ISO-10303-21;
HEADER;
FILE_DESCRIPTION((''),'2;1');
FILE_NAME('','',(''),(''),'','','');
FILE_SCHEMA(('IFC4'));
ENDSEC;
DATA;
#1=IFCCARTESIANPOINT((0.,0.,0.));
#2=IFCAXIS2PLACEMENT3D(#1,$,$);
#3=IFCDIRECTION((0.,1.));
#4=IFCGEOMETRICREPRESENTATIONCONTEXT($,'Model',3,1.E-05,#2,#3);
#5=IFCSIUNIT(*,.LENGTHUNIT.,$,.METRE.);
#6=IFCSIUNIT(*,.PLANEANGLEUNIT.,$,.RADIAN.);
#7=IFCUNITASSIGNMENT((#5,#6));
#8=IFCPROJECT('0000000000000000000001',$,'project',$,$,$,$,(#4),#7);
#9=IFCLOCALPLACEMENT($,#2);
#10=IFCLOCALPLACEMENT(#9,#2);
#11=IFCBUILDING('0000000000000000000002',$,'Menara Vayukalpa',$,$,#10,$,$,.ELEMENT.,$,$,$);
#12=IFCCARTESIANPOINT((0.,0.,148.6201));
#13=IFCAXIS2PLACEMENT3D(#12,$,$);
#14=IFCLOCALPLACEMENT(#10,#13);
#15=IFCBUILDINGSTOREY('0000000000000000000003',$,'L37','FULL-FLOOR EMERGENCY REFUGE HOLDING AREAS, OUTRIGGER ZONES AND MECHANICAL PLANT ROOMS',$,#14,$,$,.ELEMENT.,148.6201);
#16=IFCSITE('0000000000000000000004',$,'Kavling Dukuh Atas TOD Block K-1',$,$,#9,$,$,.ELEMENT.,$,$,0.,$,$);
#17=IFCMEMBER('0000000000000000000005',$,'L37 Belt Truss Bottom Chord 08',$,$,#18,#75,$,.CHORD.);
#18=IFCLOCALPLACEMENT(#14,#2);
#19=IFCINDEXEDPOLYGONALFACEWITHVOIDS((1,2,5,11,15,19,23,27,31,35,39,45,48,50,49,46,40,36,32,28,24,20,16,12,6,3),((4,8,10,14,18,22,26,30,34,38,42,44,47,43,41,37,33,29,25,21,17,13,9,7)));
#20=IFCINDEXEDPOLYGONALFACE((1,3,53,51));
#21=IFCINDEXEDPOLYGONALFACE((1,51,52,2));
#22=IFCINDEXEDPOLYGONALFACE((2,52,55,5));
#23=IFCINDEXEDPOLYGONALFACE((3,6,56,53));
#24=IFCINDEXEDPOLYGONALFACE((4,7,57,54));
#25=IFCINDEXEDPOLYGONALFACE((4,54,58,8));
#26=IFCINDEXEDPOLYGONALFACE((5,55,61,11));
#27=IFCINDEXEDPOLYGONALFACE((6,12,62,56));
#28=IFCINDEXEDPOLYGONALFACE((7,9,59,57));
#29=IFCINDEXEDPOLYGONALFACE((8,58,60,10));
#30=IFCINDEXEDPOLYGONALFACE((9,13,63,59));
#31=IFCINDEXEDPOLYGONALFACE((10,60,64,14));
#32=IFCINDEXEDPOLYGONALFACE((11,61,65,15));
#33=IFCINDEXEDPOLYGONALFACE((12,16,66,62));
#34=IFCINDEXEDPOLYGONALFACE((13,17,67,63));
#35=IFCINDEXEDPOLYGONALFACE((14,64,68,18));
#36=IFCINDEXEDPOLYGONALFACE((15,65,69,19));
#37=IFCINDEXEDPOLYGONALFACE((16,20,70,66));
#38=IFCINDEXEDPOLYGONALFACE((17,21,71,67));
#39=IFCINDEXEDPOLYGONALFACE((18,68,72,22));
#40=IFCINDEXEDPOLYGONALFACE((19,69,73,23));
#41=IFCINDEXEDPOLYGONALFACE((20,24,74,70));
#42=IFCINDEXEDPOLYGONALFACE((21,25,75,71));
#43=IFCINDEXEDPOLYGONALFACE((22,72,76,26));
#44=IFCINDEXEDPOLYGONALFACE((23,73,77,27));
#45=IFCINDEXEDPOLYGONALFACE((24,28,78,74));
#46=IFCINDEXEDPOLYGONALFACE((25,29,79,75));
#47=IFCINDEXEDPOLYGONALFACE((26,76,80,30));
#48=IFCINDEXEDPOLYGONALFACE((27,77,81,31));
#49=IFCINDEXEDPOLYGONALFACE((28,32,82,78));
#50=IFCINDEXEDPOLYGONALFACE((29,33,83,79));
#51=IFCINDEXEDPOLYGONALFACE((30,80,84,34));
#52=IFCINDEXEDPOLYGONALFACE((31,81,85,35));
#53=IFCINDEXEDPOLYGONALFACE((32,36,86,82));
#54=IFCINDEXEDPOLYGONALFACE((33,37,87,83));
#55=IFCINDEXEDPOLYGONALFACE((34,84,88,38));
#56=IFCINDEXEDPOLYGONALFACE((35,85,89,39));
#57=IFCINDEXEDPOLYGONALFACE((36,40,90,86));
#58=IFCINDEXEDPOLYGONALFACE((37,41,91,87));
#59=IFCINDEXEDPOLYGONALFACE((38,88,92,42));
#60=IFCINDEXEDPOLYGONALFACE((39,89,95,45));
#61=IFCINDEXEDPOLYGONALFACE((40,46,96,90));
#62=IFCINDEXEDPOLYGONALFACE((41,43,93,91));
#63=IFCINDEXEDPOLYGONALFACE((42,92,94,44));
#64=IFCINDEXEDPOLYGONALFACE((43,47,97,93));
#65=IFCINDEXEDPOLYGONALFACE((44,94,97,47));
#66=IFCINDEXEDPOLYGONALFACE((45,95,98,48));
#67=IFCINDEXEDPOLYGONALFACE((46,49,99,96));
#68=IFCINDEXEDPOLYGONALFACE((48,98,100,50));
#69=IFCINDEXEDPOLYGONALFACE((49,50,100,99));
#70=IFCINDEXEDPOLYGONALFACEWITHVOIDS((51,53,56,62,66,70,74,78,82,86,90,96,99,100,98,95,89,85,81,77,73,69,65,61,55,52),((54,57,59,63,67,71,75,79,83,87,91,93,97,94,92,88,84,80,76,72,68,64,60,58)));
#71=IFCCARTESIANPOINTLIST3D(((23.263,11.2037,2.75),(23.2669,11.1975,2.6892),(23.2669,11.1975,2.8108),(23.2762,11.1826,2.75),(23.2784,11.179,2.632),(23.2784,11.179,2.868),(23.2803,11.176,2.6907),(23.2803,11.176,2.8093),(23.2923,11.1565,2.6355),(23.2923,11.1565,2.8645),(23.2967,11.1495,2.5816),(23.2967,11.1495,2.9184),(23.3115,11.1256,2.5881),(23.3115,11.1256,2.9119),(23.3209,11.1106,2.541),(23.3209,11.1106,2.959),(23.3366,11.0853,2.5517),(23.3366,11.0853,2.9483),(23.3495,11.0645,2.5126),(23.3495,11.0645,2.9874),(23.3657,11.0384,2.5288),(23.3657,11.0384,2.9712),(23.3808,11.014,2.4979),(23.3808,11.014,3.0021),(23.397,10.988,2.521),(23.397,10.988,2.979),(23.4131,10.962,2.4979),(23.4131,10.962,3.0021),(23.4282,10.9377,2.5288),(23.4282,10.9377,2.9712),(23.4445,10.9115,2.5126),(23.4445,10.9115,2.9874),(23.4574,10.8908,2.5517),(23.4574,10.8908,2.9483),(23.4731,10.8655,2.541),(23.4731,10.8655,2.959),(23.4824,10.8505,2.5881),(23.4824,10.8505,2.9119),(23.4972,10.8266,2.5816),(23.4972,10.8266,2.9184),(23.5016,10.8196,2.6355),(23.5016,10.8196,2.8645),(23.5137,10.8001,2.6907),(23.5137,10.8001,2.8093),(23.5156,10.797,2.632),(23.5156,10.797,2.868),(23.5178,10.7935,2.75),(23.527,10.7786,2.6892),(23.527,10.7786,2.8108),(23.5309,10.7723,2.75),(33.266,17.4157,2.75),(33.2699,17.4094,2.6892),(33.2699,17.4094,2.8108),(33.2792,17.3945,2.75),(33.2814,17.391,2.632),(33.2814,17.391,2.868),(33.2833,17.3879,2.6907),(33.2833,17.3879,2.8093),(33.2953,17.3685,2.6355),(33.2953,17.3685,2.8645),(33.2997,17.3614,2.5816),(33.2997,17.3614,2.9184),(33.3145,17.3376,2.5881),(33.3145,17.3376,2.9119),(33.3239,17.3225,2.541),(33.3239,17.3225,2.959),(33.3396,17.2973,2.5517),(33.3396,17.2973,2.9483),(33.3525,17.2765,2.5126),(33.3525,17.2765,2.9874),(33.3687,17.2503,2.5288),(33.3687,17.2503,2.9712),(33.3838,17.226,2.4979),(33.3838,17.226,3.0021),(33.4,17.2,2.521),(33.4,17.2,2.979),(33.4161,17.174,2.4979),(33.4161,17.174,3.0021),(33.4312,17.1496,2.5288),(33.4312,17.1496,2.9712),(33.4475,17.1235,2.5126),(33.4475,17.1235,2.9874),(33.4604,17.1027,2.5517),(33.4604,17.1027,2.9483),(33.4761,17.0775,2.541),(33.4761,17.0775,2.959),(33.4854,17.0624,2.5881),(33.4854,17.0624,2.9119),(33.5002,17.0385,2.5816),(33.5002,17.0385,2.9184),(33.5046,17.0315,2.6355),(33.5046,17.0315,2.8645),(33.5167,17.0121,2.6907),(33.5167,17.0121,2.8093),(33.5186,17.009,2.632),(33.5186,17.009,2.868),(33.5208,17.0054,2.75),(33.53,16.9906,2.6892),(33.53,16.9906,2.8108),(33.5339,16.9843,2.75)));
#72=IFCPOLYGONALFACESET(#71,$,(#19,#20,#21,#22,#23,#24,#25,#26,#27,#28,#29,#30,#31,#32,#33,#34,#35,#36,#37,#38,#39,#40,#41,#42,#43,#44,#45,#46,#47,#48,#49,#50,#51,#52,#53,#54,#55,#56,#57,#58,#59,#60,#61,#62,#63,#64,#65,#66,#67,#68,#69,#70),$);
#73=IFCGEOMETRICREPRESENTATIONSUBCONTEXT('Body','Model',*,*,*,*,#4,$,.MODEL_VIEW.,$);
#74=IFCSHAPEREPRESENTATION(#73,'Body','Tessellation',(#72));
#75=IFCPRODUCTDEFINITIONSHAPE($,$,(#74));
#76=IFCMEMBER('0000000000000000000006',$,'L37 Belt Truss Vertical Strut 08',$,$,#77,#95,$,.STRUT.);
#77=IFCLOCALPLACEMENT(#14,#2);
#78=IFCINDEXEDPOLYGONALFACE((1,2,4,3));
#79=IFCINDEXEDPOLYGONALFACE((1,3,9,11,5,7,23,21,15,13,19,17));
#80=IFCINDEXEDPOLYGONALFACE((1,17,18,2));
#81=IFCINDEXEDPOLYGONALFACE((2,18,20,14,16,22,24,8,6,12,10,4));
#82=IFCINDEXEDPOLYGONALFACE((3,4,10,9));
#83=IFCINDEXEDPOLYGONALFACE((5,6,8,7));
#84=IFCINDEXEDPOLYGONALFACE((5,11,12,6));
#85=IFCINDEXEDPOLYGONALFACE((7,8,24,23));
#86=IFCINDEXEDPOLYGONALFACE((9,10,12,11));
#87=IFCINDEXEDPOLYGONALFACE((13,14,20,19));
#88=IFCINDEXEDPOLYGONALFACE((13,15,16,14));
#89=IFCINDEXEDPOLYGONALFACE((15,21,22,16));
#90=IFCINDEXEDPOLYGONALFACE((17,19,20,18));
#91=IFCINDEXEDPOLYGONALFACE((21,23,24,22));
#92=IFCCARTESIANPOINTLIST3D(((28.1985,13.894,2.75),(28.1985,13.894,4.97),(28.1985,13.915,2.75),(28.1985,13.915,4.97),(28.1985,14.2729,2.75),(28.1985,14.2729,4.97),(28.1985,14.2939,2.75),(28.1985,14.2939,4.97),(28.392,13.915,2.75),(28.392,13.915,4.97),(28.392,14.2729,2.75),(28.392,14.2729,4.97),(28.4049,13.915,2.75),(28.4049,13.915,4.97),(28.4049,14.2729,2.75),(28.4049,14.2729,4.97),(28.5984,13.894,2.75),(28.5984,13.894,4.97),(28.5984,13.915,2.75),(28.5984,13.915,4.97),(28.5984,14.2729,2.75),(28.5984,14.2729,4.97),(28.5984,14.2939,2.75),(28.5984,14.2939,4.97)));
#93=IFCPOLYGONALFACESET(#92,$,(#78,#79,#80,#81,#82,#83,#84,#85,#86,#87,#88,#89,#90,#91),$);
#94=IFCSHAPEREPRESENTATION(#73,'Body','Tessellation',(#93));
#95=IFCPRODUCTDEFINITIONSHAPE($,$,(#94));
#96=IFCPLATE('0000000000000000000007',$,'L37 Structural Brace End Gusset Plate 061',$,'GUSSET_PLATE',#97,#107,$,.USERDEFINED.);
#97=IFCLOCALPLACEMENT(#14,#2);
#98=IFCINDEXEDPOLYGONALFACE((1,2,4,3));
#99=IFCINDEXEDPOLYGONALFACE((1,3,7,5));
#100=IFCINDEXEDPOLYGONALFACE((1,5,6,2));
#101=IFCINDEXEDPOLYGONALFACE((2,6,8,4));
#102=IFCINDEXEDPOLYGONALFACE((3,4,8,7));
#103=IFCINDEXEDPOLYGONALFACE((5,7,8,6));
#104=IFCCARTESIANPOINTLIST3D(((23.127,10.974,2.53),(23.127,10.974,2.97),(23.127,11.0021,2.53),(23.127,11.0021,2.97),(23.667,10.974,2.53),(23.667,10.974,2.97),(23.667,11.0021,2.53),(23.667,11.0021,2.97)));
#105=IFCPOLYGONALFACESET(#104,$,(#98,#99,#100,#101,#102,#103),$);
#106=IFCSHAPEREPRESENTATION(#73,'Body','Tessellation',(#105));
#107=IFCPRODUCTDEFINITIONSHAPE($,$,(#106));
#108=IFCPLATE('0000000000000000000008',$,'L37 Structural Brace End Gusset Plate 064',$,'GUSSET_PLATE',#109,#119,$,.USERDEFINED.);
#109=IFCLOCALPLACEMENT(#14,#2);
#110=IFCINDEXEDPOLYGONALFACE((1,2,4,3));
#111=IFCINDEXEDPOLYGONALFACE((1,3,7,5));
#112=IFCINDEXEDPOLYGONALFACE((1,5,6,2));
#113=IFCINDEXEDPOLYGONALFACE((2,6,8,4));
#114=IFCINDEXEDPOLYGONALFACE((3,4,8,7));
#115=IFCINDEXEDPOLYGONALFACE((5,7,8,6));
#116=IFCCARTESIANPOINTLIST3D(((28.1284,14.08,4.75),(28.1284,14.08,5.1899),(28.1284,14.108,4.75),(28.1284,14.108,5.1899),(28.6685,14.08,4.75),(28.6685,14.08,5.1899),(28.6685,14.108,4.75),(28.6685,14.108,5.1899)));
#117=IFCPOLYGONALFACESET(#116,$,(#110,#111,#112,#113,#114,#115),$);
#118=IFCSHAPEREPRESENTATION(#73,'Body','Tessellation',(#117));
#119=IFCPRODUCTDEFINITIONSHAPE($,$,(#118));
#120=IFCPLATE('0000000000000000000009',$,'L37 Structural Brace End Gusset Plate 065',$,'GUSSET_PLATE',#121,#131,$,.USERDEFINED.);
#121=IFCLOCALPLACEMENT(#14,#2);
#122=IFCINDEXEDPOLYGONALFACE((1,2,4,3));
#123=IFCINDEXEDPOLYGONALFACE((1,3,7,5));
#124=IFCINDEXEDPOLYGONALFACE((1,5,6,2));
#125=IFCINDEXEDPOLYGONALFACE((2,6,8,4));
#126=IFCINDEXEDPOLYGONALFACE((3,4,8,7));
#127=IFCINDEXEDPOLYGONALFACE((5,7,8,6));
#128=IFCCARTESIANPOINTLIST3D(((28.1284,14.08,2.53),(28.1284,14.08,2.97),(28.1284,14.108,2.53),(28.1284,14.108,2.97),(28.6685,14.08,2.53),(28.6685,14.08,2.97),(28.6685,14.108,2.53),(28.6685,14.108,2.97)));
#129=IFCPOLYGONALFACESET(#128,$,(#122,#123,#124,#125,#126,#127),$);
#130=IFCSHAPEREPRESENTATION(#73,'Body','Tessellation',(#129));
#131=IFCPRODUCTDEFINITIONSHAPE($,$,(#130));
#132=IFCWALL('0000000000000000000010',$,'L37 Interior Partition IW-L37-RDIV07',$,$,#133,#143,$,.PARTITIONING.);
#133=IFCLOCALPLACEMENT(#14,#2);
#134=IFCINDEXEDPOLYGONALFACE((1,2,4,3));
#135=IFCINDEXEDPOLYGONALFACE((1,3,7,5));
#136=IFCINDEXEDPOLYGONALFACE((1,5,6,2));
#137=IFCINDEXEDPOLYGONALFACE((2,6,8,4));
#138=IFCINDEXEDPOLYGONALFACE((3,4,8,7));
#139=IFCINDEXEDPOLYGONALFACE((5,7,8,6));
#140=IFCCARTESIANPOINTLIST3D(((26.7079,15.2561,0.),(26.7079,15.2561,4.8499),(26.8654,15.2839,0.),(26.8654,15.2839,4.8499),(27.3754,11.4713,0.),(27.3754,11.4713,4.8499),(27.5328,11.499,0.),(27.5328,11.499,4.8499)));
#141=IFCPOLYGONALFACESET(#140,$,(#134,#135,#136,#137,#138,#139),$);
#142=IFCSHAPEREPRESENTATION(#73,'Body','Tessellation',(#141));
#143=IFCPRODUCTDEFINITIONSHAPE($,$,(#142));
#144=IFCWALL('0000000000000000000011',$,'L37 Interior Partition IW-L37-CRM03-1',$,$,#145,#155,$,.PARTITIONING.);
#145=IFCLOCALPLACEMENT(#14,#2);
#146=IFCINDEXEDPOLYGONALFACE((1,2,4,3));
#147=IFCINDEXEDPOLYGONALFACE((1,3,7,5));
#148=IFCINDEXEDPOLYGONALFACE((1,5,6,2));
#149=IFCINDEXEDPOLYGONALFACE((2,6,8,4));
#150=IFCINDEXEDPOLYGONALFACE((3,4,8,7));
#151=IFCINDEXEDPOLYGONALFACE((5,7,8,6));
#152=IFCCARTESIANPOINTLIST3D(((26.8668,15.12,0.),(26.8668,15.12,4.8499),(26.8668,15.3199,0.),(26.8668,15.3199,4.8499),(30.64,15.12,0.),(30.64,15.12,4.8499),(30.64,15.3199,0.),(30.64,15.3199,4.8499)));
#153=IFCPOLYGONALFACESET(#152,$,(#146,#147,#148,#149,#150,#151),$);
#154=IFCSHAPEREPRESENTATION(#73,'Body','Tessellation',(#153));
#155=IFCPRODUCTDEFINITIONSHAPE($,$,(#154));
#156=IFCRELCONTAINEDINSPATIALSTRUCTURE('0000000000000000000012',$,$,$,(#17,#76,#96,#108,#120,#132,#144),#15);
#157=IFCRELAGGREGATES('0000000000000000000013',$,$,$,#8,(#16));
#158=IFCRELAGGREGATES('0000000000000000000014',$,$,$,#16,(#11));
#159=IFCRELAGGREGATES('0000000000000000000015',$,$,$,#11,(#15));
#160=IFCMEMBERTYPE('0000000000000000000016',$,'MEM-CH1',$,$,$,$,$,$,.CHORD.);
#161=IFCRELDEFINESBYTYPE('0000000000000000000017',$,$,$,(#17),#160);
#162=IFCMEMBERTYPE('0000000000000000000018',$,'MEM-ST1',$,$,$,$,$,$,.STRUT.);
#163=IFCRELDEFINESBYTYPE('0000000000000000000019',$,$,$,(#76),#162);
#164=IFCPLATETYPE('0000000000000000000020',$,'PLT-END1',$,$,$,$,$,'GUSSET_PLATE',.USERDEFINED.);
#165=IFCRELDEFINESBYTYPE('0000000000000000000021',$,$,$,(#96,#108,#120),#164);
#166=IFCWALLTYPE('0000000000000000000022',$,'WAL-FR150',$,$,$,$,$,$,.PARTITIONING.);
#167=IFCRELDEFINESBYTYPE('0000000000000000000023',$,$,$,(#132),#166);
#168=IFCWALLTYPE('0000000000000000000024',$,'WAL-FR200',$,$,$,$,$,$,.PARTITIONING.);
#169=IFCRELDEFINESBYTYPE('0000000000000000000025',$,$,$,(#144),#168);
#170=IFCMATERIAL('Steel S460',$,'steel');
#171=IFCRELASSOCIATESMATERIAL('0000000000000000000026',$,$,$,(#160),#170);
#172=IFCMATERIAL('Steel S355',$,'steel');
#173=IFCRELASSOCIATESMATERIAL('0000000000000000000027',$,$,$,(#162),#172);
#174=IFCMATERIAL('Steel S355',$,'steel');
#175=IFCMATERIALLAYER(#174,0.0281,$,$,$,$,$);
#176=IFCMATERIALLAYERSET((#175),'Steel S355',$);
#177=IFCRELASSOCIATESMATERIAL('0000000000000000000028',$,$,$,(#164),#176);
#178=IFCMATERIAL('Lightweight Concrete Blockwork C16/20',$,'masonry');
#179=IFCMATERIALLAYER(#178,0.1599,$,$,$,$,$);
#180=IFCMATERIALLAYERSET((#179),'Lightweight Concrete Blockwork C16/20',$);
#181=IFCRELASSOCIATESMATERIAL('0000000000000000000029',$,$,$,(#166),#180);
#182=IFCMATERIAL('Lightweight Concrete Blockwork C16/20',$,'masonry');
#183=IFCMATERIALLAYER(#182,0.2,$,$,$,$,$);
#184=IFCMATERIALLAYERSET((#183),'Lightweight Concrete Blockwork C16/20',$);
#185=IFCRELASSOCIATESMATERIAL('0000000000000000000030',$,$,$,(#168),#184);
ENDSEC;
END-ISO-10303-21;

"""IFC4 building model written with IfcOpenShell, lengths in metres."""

from ifc_helpers import new_model, si_unit, direction, frame, frame_2d, origin, origin_2d, place, context, subcontext, project, spatial, rectangle, hollow_circle, i_section, extrude, material, layer, layer_set, material_profile, profile_set, type_object, element, save


model = new_model("IFC4")

# Units and contexts
model_context = context("Model", 3, precision=1e-05, world=origin(), true_north=direction((0.0, 1.0)))
body_context = subcontext(model_context, "Body", "Model", "MODEL_VIEW")
ifc_project = project(units=[si_unit("LENGTHUNIT", "METRE"), si_unit("PLANEANGLEUNIT", "RADIAN")], contexts=[model_context])

# Site, building, storey
site_placement = place(None, origin())
site = spatial("IfcSite", under=ifc_project, at=site_placement, Name="Kavling Dukuh Atas TOD Block K-1", CompositionType="ELEMENT", RefElevation=0.0)
building_placement = place(site_placement, origin())
building = spatial("IfcBuilding", under=site, at=building_placement, Name="Menara Vayukalpa", CompositionType="ELEMENT")
storey_placement = place(building_placement, frame((0.0, 0.0, 148.6201)))
storey = spatial("IfcBuildingStorey", under=building, at=storey_placement, Name="L37", Description="FULL-FLOOR EMERGENCY REFUGE HOLDING AREAS, OUTRIGGER ZONES AND MECHANICAL PLANT ROOMS", CompositionType="ELEMENT", Elevation=148.6201)

# Members
ifc_material_1 = material(Name="Steel S460", Category="steel")
ifc_material_profile_1 = material_profile(ifc_material_1, hollow_circle(Radius=0.2539, WallThickness=0.0249, at=origin_2d()), Name="CHS 508.0x25")
ifc_profile_set_1 = profile_set([ifc_material_profile_1], Name="Steel S460")
member_type_1 = type_object("IfcMemberType", Name="MEM-CH1", PredefinedType="CHORD", material=ifc_profile_set_1)
member_1_placement = place(storey_placement, frame((23.397, 10.988, 2.75), z_axis=(0.849518, 0.527559, 0.0), x_axis=(-0.527559, 0.849518, 0.0)))
element("IfcMember", 1, at=member_1_placement, inside=storey, type_object=member_type_1, Name="L37 Belt Truss Bottom Chord 08", PredefinedType="CHORD", context=body_context, shape_type="SweptSolid", body=[
    extrude(hollow_circle(Radius=0.2539, WallThickness=0.0249, at=origin_2d()), origin(), (0.0, 0.0, 1.0), 11.7749),
])
ifc_material_2 = material(Name="Steel S355", Category="steel")
ifc_material_profile_2 = material_profile(ifc_material_2, i_section(OverallWidth=0.3999, OverallDepth=0.3999, WebThickness=0.0129, FlangeThickness=0.021, at=origin_2d()), Name="H 400x400x13x21")
ifc_profile_set_2 = profile_set([ifc_material_profile_2], Name="Steel S355")
member_type_2 = type_object("IfcMemberType", Name="MEM-ST1", PredefinedType="STRUT", material=ifc_profile_set_2)
member_2_placement = place(storey_placement, frame((28.3984, 14.094, 2.75), z_axis=(0.0, 0.0, 1.0), x_axis=(1.0, 0.0, 0.0)))
element("IfcMember", 2, at=member_2_placement, inside=storey, type_object=member_type_2, Name="L37 Belt Truss Vertical Strut 08", PredefinedType="STRUT", context=body_context, shape_type="SweptSolid", body=[
    extrude(i_section(OverallWidth=0.3999, OverallDepth=0.3999, WebThickness=0.0129, FlangeThickness=0.021, at=origin_2d()), origin(), (0.0, 0.0, 1.0), 2.22),
])

# Plates
ifc_material_3 = material(Name="Steel S355", Category="steel")
ifc_layer_1 = layer(ifc_material_3, 0.0281)
ifc_layer_set_1 = layer_set([ifc_layer_1], Name="Steel S355")
plate_type = type_object("IfcPlateType", Name="PLT-END1", ElementType="GUSSET_PLATE", PredefinedType="USERDEFINED", material=ifc_layer_set_1)
for number, where, z_axis, x_axis, name in (
    (3, (23.397, 10.988, 2.53), (0.0, 0.0, 1.0), (1.0, 0.0, 0.0), "L37 Structural Brace End Gusset Plate 061"),
    (4, (28.3984, 14.094, 4.75), (0.0, 0.0, 1.0), (1.0, 0.0, 0.0), "L37 Structural Brace End Gusset Plate 064"),
    (5, (28.3984, 14.094, 2.53), (0.0, 0.0, 1.0), (1.0, 0.0, 0.0), "L37 Structural Brace End Gusset Plate 065"),
):
    element("IfcPlate", number, at=place(storey_placement, frame(where, z_axis=z_axis, x_axis=x_axis)), inside=storey, type_object=plate_type, Name=name, ObjectType="GUSSET_PLATE", PredefinedType="USERDEFINED", context=body_context, shape_type="SweptSolid", body=[
        extrude(rectangle(XDim=0.54, YDim=0.0281, at=origin_2d()), origin(), (0.0, 0.0, 1.0), 0.4399),
    ])

# Walls
ifc_material_4 = material(Name="Lightweight Concrete Blockwork C16/20", Category="masonry")
ifc_layer_2 = layer(ifc_material_4, 0.1599)
ifc_layer_set_2 = layer_set([ifc_layer_2], Name="Lightweight Concrete Blockwork C16/20")
wall_type_1 = type_object("IfcWallType", Name="WAL-FR150", PredefinedType="PARTITIONING", material=ifc_layer_set_2)
wall_1_placement = place(storey_placement, frame((26.7866, 15.27, 0.0), z_axis=(0.0, 0.0, 1.0), x_axis=(0.173673, -0.984803, 0.0)))
element("IfcWall", 6, at=wall_1_placement, inside=storey, type_object=wall_type_1, Name="L37 Interior Partition IW-L37-RDIV07", PredefinedType="PARTITIONING", context=body_context, shape_type="SweptSolid", body=[
    extrude(rectangle(XDim=3.8433, YDim=0.1599, at=frame_2d((1.9216, 0.0))), origin(), (0.0, 0.0, 1.0), 4.8499),
])
ifc_material_5 = material(Name="Lightweight Concrete Blockwork C16/20", Category="masonry")
ifc_layer_3 = layer(ifc_material_5, 0.2)
ifc_layer_set_3 = layer_set([ifc_layer_3], Name="Lightweight Concrete Blockwork C16/20")
wall_type_2 = type_object("IfcWallType", Name="WAL-FR200", PredefinedType="PARTITIONING", material=ifc_layer_set_3)
wall_2_placement = place(storey_placement, frame((26.8667, 15.22, 0.0), z_axis=(0.0, 0.0, 1.0), x_axis=(1.0, 0.0, 0.0)))
element("IfcWall", 7, at=wall_2_placement, inside=storey, type_object=wall_type_2, Name="L37 Interior Partition IW-L37-CRM03-1", PredefinedType="PARTITIONING", context=body_context, shape_type="SweptSolid", body=[
    extrude(rectangle(XDim=3.7732, YDim=0.2, at=frame_2d((1.8867, 0.0))), origin(), (0.0, 0.0, 1.0), 4.8499),
])

save(model, "model.ifc")
